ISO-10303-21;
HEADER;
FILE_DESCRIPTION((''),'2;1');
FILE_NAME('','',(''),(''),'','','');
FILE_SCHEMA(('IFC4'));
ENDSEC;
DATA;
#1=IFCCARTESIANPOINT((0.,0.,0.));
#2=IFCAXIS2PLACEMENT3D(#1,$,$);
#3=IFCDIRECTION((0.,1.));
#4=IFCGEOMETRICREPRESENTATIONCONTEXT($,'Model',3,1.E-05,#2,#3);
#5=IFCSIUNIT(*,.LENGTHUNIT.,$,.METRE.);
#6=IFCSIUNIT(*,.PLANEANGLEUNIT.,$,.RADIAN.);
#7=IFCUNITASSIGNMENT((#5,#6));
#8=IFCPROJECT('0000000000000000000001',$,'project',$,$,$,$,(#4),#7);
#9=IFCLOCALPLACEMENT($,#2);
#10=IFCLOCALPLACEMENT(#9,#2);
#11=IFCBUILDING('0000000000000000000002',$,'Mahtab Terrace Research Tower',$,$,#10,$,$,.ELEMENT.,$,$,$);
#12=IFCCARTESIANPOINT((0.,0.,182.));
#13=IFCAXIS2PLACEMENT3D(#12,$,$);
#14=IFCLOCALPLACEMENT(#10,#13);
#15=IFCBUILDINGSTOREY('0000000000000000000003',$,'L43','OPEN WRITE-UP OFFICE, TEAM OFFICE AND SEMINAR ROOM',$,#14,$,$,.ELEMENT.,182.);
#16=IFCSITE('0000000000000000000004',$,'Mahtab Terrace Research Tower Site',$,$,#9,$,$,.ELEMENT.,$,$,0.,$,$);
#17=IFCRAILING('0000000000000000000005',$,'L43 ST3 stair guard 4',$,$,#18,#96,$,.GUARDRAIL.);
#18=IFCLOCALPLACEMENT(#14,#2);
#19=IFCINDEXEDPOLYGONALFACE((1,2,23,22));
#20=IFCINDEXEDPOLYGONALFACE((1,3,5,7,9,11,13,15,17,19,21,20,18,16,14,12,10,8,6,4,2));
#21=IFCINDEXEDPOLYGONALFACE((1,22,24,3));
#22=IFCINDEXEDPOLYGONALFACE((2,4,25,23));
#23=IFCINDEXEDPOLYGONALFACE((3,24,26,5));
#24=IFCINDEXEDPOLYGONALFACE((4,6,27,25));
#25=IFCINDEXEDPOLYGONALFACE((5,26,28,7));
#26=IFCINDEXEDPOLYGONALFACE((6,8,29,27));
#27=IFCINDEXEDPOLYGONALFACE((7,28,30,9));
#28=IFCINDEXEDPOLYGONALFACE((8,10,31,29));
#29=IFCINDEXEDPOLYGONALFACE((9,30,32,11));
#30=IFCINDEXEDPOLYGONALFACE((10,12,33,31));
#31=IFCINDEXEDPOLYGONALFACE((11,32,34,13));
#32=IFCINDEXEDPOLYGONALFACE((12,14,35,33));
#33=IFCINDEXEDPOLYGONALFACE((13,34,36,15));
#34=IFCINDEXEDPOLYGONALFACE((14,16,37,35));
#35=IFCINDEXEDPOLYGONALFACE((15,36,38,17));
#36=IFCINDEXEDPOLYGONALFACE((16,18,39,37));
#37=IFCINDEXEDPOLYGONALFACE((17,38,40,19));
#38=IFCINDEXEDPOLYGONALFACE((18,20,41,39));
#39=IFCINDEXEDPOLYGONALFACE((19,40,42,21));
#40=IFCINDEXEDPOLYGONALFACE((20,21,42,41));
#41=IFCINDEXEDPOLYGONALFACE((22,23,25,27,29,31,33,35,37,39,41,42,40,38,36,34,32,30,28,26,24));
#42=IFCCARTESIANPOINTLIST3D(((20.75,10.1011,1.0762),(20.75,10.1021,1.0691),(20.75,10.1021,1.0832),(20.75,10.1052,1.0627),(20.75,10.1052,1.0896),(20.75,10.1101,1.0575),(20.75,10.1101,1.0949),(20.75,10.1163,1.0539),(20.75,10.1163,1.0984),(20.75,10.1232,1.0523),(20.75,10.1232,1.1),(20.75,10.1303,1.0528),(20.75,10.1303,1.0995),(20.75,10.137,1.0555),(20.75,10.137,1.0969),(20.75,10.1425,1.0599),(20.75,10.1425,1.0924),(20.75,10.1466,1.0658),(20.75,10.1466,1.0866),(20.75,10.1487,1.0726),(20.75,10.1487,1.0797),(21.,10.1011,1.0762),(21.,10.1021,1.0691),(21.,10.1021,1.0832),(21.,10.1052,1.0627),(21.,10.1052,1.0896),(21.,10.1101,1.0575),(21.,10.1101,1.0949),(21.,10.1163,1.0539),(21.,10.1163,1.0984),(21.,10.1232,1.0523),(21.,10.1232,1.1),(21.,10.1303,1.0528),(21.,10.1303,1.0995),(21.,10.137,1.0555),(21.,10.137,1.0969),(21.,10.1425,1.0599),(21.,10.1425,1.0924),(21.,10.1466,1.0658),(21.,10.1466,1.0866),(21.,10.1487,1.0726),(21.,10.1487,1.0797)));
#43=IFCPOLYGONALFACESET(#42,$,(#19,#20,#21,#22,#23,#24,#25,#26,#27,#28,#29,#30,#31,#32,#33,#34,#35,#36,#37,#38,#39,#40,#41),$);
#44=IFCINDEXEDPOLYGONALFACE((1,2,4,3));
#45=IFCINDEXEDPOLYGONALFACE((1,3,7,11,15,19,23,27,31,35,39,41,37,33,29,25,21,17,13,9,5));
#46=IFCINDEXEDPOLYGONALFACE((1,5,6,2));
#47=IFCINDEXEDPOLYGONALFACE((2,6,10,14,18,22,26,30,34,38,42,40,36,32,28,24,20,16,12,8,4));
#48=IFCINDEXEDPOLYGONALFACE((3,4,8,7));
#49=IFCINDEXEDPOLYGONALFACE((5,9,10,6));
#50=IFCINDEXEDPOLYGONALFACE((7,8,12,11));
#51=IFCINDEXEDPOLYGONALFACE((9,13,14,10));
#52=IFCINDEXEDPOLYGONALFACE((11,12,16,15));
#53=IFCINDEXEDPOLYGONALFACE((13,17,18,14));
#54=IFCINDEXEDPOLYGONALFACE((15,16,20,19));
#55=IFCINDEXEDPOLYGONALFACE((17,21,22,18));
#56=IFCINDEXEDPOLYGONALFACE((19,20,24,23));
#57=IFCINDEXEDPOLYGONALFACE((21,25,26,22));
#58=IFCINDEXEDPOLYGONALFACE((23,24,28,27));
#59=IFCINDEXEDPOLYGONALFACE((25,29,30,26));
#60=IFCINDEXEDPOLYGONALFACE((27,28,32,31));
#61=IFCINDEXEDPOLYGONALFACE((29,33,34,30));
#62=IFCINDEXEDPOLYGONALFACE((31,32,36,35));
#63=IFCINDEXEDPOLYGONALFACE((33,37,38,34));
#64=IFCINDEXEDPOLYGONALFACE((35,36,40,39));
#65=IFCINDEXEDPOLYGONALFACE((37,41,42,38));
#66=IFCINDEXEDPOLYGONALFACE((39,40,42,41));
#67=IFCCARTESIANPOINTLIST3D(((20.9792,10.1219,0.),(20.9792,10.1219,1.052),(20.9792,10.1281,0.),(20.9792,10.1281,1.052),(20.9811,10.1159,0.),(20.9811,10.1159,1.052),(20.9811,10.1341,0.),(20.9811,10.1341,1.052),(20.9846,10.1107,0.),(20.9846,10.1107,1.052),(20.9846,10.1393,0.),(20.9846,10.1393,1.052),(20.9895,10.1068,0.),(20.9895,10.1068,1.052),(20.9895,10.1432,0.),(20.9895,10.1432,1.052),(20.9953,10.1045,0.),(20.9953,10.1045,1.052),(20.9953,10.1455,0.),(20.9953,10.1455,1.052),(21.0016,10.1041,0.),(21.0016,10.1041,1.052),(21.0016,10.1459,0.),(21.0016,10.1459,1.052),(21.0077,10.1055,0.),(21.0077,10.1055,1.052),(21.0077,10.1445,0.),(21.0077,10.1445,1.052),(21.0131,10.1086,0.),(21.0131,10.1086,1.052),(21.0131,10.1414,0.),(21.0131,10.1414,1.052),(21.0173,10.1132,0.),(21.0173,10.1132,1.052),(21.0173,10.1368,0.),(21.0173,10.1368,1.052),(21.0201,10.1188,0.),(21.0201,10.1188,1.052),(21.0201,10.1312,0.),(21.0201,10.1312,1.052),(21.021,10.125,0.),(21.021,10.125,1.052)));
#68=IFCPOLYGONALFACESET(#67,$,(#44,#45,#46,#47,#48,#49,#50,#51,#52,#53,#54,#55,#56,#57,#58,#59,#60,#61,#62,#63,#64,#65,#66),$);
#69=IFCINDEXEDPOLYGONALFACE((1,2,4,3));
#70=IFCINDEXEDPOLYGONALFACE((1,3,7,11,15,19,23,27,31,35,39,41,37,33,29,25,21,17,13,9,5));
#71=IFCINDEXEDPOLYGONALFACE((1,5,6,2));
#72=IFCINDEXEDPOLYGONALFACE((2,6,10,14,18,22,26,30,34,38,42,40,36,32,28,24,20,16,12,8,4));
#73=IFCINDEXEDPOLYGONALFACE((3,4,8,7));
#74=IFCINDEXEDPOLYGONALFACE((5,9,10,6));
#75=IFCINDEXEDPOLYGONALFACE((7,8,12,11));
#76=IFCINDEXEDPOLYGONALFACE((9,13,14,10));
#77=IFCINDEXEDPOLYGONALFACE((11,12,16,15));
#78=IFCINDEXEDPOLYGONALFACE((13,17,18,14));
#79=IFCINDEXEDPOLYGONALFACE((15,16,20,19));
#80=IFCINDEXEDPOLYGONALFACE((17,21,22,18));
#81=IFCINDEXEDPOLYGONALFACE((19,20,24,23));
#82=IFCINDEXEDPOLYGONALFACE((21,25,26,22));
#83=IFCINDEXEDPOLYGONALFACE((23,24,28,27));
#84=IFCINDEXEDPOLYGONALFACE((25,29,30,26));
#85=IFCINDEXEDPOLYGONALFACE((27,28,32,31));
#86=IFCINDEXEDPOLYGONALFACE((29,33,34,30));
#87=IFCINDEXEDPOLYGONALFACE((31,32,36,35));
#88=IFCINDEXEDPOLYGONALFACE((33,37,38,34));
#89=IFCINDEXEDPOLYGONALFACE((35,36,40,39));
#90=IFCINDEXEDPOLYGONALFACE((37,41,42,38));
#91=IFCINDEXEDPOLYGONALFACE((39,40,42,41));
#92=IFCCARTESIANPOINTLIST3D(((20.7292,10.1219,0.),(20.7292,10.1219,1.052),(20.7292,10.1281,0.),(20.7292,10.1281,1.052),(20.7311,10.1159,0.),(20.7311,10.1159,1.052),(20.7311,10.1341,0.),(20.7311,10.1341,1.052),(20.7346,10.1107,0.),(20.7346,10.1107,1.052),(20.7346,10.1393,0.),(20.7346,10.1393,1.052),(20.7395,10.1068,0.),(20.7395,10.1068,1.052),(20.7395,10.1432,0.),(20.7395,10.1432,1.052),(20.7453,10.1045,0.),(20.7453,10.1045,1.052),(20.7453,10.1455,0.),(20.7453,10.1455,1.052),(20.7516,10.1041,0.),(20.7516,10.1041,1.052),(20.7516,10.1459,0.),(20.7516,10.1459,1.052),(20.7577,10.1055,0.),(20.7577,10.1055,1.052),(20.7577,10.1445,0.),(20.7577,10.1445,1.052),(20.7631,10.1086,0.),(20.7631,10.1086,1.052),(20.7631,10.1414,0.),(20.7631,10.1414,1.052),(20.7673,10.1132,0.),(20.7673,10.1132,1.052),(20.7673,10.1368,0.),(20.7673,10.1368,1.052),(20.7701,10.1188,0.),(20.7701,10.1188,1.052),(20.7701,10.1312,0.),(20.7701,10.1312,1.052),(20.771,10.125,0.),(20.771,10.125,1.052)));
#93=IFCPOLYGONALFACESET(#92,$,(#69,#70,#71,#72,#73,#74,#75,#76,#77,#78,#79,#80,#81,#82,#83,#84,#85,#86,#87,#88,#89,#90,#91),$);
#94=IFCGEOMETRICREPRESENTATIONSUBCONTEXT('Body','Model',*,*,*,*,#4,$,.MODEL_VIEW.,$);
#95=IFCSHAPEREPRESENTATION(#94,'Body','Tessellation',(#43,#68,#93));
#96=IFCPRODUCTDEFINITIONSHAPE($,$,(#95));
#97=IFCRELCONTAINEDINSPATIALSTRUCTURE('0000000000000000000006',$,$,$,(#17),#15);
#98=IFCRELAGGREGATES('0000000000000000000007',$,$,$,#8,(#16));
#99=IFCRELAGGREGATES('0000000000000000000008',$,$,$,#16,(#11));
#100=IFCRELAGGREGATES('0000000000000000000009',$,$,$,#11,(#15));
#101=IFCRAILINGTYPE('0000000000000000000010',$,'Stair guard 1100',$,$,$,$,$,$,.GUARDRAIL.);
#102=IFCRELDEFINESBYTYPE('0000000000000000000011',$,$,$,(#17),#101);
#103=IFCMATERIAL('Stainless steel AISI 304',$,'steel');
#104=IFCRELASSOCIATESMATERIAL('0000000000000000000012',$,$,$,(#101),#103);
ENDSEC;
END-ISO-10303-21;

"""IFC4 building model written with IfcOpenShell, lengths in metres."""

from ifc_helpers import new_model, si_unit, direction, frame, origin, origin_2d, place, context, subcontext, project, spatial, circle, extrude, material, type_object, element, save


model = new_model("IFC4")

# Units and contexts
model_context = context("Model", 3, precision=1e-05, world=origin(), true_north=direction((0.0, 1.0)))
body_context = subcontext(model_context, "Body", "Model", "MODEL_VIEW")
ifc_project = project(units=[si_unit("LENGTHUNIT", "METRE"), si_unit("PLANEANGLEUNIT", "RADIAN")], contexts=[model_context])

# Site, building, storey
site_placement = place(None, origin())
site = spatial("IfcSite", under=ifc_project, at=site_placement, Name="Mahtab Terrace Research Tower Site", CompositionType="ELEMENT", RefElevation=0.0)
building_placement = place(site_placement, origin())
building = spatial("IfcBuilding", under=site, at=building_placement, Name="Mahtab Terrace Research Tower", CompositionType="ELEMENT")
storey_placement = place(building_placement, frame((0.0, 0.0, 182.0)))
storey = spatial("IfcBuildingStorey", under=building, at=storey_placement, Name="L43", Description="OPEN WRITE-UP OFFICE, TEAM OFFICE AND SEMINAR ROOM", CompositionType="ELEMENT", Elevation=182.0)

# Shared definitions
ifc_material_1 = material(Name="Stainless steel AISI 304", Category="steel")

# Railing
railing_type_1 = type_object("IfcRailingType", Name="Stair guard 1100", PredefinedType="GUARDRAIL", material=ifc_material_1)
railing_1_placement = place(storey_placement, frame((21.0, 10.125, 0.0)))
element("IfcRailing", 1, at=railing_1_placement, inside=storey, type_object=railing_type_1, Name="L43 ST3 stair guard 4", PredefinedType="GUARDRAIL", context=body_context, shape_type="SweptSolid", body=[
    extrude(circle(Radius=0.0239, at=origin_2d()), frame((0.0, 0.0, 1.0762), z_axis=(-1.0, 0.0, 0.0), x_axis=(0.0, -1.0, 0.0)), (0.0, 0.0, 1.0), 0.25),
    extrude(circle(Radius=0.021, at=origin_2d()), origin(), (0.0, 0.0, 1.0), 1.052),
    extrude(circle(Radius=0.021, at=origin_2d()), frame((-0.25, 0.0, 0.0)), (0.0, 0.0, 1.0), 1.052),
])

save(model, "model.ifc")
